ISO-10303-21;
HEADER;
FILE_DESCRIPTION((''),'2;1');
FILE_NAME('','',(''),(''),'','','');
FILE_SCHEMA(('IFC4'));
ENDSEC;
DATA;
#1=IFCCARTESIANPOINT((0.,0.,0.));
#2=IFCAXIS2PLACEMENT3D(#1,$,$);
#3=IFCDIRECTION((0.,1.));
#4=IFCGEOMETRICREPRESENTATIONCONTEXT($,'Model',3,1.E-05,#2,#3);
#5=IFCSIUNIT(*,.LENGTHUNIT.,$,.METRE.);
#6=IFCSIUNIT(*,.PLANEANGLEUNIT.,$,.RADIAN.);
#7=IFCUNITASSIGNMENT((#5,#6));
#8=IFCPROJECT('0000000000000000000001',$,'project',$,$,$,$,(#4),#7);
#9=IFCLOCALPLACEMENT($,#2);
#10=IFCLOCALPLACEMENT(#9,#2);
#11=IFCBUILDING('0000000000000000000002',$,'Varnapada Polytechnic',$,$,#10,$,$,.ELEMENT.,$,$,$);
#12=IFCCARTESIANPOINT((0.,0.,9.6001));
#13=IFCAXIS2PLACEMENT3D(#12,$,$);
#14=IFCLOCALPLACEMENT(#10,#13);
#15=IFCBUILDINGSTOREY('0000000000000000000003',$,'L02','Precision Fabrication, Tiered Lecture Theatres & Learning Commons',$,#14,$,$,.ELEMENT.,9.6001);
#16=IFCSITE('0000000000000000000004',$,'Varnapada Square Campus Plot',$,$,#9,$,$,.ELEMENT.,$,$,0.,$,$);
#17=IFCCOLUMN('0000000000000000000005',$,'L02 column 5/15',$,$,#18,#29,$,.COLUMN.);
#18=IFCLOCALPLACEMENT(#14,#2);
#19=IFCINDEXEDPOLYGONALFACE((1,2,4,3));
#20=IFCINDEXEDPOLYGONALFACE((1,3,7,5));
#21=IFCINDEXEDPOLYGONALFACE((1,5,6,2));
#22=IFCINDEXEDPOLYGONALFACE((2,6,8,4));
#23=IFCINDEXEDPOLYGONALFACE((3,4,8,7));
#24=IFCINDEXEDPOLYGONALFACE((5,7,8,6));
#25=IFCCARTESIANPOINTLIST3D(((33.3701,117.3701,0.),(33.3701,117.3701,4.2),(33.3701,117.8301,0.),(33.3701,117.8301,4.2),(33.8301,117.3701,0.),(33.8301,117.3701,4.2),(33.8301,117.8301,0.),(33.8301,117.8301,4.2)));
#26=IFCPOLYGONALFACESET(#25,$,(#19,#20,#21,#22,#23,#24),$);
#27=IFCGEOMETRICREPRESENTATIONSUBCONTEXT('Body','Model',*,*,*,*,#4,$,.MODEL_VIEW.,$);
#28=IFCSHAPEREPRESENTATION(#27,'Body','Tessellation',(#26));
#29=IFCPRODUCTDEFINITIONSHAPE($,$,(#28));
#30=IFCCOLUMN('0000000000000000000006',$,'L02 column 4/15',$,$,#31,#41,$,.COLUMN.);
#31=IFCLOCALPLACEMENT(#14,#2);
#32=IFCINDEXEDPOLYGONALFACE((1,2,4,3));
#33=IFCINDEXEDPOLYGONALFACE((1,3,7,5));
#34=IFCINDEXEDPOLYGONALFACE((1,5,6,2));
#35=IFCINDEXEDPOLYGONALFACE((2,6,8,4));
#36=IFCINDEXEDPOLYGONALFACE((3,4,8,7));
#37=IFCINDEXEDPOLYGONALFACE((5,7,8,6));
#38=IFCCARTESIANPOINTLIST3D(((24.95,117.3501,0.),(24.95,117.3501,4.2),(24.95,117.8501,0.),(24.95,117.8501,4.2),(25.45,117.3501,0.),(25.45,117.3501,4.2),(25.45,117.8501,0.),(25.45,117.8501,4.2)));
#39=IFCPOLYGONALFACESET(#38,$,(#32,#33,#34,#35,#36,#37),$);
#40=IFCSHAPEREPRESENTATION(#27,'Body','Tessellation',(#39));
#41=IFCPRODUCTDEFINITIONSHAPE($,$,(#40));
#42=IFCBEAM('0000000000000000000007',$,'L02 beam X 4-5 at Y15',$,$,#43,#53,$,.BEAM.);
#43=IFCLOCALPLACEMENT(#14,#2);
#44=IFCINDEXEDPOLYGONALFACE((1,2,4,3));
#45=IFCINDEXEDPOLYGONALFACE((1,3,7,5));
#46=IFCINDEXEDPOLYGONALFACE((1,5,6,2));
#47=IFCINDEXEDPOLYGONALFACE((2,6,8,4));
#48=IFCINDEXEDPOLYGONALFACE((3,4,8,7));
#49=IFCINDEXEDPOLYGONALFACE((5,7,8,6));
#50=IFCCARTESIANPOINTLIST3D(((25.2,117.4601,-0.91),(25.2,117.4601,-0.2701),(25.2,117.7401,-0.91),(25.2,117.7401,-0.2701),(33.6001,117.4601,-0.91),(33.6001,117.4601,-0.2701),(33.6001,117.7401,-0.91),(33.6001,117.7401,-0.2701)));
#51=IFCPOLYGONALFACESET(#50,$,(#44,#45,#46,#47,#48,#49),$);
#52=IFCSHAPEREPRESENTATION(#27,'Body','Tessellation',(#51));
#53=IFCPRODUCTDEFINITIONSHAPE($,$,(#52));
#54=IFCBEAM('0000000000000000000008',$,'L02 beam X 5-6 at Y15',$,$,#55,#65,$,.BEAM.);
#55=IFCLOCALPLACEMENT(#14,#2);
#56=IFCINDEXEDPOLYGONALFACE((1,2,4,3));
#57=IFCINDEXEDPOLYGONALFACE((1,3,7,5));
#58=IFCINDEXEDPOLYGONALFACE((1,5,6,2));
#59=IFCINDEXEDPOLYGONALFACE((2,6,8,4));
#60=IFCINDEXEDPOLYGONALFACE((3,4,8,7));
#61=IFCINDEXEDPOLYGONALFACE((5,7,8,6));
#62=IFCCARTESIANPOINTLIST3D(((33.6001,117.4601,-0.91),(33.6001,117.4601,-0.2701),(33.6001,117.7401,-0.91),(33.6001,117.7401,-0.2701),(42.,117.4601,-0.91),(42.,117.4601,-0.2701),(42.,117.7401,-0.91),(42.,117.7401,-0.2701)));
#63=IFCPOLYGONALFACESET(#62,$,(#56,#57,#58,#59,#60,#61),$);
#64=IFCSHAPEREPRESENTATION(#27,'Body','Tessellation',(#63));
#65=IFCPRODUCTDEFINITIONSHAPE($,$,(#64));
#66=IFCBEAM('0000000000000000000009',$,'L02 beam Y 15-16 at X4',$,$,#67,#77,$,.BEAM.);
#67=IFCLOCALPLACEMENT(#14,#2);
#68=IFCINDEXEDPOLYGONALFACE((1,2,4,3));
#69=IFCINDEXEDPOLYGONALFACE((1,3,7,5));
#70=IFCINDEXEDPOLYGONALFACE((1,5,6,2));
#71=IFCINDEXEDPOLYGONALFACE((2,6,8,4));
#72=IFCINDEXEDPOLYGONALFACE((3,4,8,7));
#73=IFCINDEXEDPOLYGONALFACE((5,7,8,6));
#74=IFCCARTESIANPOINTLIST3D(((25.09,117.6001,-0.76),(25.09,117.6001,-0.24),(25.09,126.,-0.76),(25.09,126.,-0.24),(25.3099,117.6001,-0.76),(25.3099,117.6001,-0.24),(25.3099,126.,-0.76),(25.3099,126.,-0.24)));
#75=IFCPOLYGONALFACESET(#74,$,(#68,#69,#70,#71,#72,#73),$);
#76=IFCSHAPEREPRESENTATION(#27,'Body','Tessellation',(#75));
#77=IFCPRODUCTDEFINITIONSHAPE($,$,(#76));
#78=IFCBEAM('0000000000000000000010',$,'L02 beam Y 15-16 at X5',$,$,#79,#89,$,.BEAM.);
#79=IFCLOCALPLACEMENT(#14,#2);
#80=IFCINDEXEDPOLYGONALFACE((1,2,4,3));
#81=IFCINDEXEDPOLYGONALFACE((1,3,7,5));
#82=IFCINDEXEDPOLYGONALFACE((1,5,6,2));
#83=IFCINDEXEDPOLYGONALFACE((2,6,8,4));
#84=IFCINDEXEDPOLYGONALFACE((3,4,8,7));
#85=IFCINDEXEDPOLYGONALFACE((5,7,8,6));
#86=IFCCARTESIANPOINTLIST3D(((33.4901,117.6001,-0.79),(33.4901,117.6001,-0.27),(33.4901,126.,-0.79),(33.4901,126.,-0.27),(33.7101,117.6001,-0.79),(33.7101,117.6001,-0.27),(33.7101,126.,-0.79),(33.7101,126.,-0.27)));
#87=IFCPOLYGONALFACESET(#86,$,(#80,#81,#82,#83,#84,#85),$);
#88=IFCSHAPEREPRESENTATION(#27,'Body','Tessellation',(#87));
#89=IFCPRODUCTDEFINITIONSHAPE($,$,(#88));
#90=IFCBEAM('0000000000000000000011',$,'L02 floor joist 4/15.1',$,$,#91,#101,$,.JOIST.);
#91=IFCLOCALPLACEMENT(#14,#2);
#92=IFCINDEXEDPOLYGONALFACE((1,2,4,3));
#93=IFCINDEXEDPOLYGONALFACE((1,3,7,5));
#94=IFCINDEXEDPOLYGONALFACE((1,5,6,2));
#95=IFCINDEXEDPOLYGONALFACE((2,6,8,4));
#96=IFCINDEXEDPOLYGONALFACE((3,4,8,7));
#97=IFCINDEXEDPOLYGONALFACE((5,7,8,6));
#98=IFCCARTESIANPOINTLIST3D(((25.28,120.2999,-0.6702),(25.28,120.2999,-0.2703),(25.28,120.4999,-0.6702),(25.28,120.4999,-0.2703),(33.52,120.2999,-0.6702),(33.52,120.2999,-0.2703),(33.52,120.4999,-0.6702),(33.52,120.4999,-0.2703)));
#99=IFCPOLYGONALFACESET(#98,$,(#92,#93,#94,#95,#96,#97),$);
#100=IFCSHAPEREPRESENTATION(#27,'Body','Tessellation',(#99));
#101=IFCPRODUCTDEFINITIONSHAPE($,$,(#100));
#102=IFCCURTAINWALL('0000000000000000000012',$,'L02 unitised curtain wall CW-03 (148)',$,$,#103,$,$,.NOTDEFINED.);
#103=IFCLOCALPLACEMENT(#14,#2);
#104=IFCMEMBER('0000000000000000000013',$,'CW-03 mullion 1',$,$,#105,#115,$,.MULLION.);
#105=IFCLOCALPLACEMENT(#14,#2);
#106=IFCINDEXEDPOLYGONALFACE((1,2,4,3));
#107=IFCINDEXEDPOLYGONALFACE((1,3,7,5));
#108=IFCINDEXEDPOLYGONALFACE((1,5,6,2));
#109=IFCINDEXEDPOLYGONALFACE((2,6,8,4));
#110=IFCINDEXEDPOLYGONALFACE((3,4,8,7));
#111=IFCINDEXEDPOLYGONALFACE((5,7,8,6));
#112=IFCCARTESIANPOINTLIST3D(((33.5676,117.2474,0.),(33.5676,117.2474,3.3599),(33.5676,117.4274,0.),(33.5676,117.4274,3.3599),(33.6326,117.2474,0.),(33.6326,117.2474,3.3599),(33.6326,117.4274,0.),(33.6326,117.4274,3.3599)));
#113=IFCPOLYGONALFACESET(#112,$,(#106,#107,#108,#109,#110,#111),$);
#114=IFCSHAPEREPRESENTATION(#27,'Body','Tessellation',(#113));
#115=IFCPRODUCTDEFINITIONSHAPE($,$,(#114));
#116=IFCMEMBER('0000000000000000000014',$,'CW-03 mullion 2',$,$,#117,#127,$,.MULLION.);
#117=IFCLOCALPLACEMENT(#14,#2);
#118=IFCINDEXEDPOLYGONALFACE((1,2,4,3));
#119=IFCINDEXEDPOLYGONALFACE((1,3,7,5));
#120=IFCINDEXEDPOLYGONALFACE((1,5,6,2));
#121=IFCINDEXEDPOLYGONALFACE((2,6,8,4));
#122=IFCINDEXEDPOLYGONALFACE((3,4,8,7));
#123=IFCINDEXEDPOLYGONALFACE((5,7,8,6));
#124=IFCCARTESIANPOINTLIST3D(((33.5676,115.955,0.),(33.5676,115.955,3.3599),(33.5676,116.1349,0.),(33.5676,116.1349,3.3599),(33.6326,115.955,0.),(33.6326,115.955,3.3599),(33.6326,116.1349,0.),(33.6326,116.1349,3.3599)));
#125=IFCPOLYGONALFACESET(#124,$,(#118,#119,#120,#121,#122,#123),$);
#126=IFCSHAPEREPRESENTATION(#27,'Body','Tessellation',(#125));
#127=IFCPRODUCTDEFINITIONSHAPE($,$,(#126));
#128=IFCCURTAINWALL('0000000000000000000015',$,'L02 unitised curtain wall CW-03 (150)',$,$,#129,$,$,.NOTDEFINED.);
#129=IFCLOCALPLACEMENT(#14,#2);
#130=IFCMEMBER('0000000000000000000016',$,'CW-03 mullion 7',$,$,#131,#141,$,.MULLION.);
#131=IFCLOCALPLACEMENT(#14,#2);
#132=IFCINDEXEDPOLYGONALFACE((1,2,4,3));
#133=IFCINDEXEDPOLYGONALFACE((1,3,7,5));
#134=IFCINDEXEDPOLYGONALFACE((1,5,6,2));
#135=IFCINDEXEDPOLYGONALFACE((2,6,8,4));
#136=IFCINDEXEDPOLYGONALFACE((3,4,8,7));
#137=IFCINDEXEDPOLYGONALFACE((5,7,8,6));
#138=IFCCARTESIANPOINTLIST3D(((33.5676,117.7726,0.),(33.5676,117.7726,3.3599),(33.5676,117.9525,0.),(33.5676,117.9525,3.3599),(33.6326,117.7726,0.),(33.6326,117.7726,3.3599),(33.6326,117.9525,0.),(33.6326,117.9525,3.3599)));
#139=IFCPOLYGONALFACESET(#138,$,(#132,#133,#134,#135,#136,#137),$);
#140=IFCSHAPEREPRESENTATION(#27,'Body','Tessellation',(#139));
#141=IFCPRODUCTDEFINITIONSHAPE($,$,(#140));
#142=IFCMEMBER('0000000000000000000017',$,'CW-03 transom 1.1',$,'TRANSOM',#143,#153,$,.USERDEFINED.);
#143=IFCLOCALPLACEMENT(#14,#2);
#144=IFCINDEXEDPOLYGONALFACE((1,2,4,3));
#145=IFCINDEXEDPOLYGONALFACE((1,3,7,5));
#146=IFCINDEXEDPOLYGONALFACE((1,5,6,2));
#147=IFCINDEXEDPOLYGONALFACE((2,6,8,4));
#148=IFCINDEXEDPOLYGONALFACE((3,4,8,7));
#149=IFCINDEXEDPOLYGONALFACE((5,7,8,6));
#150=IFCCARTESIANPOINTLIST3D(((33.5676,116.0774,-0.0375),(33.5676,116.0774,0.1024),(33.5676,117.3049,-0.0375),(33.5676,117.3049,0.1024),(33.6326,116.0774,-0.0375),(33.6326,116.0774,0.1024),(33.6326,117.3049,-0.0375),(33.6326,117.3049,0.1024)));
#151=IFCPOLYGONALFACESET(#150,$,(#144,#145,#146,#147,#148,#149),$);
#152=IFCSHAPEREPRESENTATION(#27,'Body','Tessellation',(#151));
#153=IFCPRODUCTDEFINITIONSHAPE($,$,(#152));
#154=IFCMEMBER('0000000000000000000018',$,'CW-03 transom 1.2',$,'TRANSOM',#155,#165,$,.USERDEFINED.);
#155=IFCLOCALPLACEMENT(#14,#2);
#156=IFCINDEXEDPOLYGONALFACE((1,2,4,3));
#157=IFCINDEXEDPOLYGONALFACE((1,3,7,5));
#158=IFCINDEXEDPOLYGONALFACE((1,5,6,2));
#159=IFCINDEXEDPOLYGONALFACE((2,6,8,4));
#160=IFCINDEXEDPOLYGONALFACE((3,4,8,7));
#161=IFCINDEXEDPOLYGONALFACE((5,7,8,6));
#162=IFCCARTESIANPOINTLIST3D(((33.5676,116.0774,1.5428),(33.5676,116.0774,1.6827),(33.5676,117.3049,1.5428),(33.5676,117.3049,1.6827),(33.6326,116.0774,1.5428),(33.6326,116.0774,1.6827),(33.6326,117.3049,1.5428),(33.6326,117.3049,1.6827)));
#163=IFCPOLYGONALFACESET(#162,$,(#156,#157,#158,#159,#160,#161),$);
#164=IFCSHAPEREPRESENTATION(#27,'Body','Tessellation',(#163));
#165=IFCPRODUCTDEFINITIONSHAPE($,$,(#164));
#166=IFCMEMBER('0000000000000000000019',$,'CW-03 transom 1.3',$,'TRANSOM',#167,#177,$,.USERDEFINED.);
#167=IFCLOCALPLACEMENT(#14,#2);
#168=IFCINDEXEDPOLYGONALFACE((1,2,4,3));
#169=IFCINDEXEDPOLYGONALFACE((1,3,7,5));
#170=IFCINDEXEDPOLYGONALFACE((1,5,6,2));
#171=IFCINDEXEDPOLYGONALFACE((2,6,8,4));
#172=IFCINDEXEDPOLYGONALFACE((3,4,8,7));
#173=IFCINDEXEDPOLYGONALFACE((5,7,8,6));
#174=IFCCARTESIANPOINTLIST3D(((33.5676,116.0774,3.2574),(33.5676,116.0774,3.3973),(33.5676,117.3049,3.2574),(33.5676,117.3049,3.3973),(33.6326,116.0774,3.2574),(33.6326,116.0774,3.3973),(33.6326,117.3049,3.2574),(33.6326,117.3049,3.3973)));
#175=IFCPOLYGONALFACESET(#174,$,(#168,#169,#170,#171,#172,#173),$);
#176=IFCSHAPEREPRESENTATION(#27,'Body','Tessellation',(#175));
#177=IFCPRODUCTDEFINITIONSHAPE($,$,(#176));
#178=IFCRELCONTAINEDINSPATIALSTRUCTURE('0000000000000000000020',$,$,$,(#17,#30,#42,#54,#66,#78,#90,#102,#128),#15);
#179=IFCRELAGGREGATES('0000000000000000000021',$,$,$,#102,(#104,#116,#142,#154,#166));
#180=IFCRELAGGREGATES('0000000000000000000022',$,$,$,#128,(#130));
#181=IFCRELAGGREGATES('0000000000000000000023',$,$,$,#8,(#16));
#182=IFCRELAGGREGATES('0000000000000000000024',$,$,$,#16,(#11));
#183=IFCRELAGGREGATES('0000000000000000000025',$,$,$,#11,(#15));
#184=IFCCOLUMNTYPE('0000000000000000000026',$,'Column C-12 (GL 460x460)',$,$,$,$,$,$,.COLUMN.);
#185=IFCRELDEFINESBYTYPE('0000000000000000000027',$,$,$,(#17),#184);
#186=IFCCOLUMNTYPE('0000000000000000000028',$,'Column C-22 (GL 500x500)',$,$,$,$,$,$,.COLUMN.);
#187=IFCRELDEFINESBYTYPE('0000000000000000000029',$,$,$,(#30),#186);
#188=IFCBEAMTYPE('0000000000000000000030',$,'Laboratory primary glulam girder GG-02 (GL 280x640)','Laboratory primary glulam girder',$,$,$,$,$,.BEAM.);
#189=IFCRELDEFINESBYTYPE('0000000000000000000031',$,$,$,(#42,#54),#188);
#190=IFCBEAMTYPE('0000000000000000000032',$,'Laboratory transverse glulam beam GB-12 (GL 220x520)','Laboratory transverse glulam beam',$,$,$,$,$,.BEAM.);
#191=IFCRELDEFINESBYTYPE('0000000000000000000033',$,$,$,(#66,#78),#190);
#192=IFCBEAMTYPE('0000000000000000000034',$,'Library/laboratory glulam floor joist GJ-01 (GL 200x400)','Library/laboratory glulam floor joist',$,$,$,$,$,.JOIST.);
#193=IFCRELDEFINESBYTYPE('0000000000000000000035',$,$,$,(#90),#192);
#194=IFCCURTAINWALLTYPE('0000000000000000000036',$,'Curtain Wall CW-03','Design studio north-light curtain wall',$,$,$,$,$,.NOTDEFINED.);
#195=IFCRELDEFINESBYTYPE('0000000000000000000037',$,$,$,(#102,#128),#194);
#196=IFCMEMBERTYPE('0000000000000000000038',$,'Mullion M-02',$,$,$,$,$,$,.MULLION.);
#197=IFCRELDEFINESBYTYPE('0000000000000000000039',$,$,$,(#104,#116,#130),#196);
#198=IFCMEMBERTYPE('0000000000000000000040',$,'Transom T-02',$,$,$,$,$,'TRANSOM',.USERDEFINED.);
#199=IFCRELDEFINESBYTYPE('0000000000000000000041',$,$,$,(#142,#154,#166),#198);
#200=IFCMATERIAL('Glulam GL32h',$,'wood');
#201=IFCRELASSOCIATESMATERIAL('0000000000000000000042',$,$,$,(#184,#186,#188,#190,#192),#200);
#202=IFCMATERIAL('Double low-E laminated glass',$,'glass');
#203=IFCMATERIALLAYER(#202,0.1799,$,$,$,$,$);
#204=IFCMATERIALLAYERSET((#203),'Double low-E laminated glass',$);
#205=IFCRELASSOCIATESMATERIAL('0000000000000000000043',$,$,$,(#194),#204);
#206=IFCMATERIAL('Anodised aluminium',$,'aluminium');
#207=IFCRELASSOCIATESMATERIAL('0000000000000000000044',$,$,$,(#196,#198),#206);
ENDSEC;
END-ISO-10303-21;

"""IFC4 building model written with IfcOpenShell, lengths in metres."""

from ifc_helpers import new_model, si_unit, direction, frame, origin, origin_2d, place, context, subcontext, project, spatial, rectangle, extrude, material, layer, layer_set, material_profile, profile_set, type_object, element, aggregate, save


model = new_model("IFC4")

# Units and contexts
model_context = context("Model", 3, precision=1e-05, world=origin(), true_north=direction((0.0, 1.0)))
body_context = subcontext(model_context, "Body", "Model", "MODEL_VIEW")
ifc_project = project(units=[si_unit("LENGTHUNIT", "METRE"), si_unit("PLANEANGLEUNIT", "RADIAN")], contexts=[model_context])

# Site, building, storey
site_placement = place(None, origin())
site = spatial("IfcSite", under=ifc_project, at=site_placement, Name="Varnapada Square Campus Plot", CompositionType="ELEMENT", RefElevation=0.0)
building_placement = place(site_placement, origin())
building = spatial("IfcBuilding", under=site, at=building_placement, Name="Varnapada Polytechnic", CompositionType="ELEMENT")
storey_placement = place(building_placement, frame((0.0, 0.0, 9.6001)))
storey = spatial("IfcBuildingStorey", under=building, at=storey_placement, Name="L02", Description="Precision Fabrication, Tiered Lecture Theatres & Learning Commons", CompositionType="ELEMENT", Elevation=9.6001)

# Columns
ifc_material_1 = material(Name="Glulam GL32h", Category="wood")
ifc_material_profile_1 = material_profile(ifc_material_1, rectangle(XDim=0.46, YDim=0.46, at=origin_2d()), Name="GL 460x460")
ifc_profile_set_1 = profile_set([ifc_material_profile_1], Name="Glulam GL32h")
column_type_1 = type_object("IfcColumnType", Name="Column C-12 (GL 460x460)", PredefinedType="COLUMN", material=ifc_profile_set_1)
column_1_placement = place(storey_placement, frame((33.6001, 117.6001, 0.0), z_axis=(0.0, 0.0, 1.0), x_axis=(1.0, 0.0, 0.0)))
element("IfcColumn", 1, at=column_1_placement, inside=storey, type_object=column_type_1, Name="L02 column 5/15", PredefinedType="COLUMN", context=body_context, shape_type="SweptSolid", body=[
    extrude(rectangle(XDim=0.46, YDim=0.46, at=origin_2d()), origin(), (0.0, 0.0, 1.0), 4.2),
])
ifc_material_profile_2 = material_profile(ifc_material_1, rectangle(XDim=0.5, YDim=0.5, at=origin_2d()), Name="GL 500x500")
ifc_profile_set_2 = profile_set([ifc_material_profile_2], Name="Glulam GL32h")
column_type_2 = type_object("IfcColumnType", Name="Column C-22 (GL 500x500)", PredefinedType="COLUMN", material=ifc_profile_set_2)
column_2_placement = place(storey_placement, frame((25.2, 117.6001, 0.0), z_axis=(0.0, 0.0, 1.0), x_axis=(1.0, 0.0, 0.0)))
element("IfcColumn", 2, at=column_2_placement, inside=storey, type_object=column_type_2, Name="L02 column 4/15", PredefinedType="COLUMN", context=body_context, shape_type="SweptSolid", body=[
    extrude(rectangle(XDim=0.5, YDim=0.5, at=origin_2d()), origin(), (0.0, 0.0, 1.0), 4.2),
])

# Beams
ifc_material_profile_3 = material_profile(ifc_material_1, rectangle(XDim=0.28, YDim=0.6399, at=origin_2d()), Name="GL 280x640")
ifc_profile_set_3 = profile_set([ifc_material_profile_3], Name="Glulam GL32h")
beam_type_1 = type_object("IfcBeamType", Name="Laboratory primary glulam girder GG-02 (GL 280x640)", Description="Laboratory primary glulam girder", PredefinedType="BEAM", material=ifc_profile_set_3)
beam_1_placement = place(storey_placement, frame((25.2, 117.6001, -0.5901), z_axis=(1.0, 0.0, 0.0), x_axis=(0.0, 1.0, 0.0)))
element("IfcBeam", 3, at=beam_1_placement, inside=storey, type_object=beam_type_1, Name="L02 beam X 4-5 at Y15", PredefinedType="BEAM", context=body_context, shape_type="SweptSolid", body=[
    extrude(rectangle(XDim=0.28, YDim=0.6399, at=origin_2d()), origin(), (0.0, 0.0, 1.0), 8.4001),
])
beam_2_placement = place(storey_placement, frame((33.6001, 117.6001, -0.5901), z_axis=(1.0, 0.0, 0.0), x_axis=(0.0, 1.0, 0.0)))
element("IfcBeam", 4, at=beam_2_placement, inside=storey, type_object=beam_type_1, Name="L02 beam X 5-6 at Y15", PredefinedType="BEAM", context=body_context, shape_type="SweptSolid", body=[
    extrude(rectangle(XDim=0.28, YDim=0.6399, at=origin_2d()), origin(), (0.0, 0.0, 1.0), 8.3999),
])
ifc_material_profile_4 = material_profile(ifc_material_1, rectangle(XDim=0.22, YDim=0.52, at=origin_2d()), Name="GL 220x520")
ifc_profile_set_4 = profile_set([ifc_material_profile_4], Name="Glulam GL32h")
beam_type_2 = type_object("IfcBeamType", Name="Laboratory transverse glulam beam GB-12 (GL 220x520)", Description="Laboratory transverse glulam beam", PredefinedType="BEAM", material=ifc_profile_set_4)
for number, where, z_axis, x_axis, name in (
    (5, (25.2, 117.6001, -0.5), (0.0, 1.0, 0.0), (-1.0, 0.0, 0.0), "L02 beam Y 15-16 at X4"),
    (6, (33.6001, 117.6001, -0.53), (0.0, 1.0, 0.0), (-1.0, 0.0, 0.0), "L02 beam Y 15-16 at X5"),
):
    element("IfcBeam", number, at=place(storey_placement, frame(where, z_axis=z_axis, x_axis=x_axis)), inside=storey, type_object=beam_type_2, Name=name, PredefinedType="BEAM", context=body_context, shape_type="SweptSolid", body=[
        extrude(rectangle(XDim=0.22, YDim=0.52, at=origin_2d()), origin(), (0.0, 0.0, 1.0), 8.3999),
    ])
ifc_material_profile_5 = material_profile(ifc_material_1, rectangle(XDim=0.2, YDim=0.3999, at=origin_2d()), Name="GL 200x400")
ifc_profile_set_5 = profile_set([ifc_material_profile_5], Name="Glulam GL32h")
beam_type_3 = type_object("IfcBeamType", Name="Library/laboratory glulam floor joist GJ-01 (GL 200x400)", Description="Library/laboratory glulam floor joist", PredefinedType="JOIST", material=ifc_profile_set_5)
beam_3_placement = place(storey_placement, frame((25.28, 120.3999, -0.4702), z_axis=(1.0, 0.0, 0.0), x_axis=(0.0, 1.0, 0.0)))
element("IfcBeam", 7, at=beam_3_placement, inside=storey, type_object=beam_type_3, Name="L02 floor joist 4/15.1", PredefinedType="JOIST", context=body_context, shape_type="SweptSolid", body=[
    extrude(rectangle(XDim=0.2, YDim=0.3999, at=origin_2d()), origin(), (0.0, 0.0, 1.0), 8.24),
])

# Curtain wall, members
ifc_material_2 = material(Name="Double low-E laminated glass", Category="glass")
ifc_layer_1 = layer(ifc_material_2, 0.1799)
ifc_layer_set_1 = layer_set([ifc_layer_1], Name="Double low-E laminated glass")
curtain_wall_type = type_object("IfcCurtainWallType", Name="Curtain Wall CW-03", Description="Design studio north-light curtain wall", PredefinedType="NOTDEFINED", material=ifc_layer_set_1)
curtain_wall_1_placement = place(storey_placement, origin())
curtain_wall_1 = element("IfcCurtainWall", 8, at=curtain_wall_1_placement, inside=storey, type_object=curtain_wall_type, Name="L02 unitised curtain wall CW-03 (148)", PredefinedType="NOTDEFINED")
ifc_material_3 = material(Name="Anodised aluminium", Category="aluminium")
ifc_material_profile_6 = material_profile(ifc_material_3, rectangle(XDim=0.0649, YDim=0.1799, at=origin_2d()), Name="ALU M65x180")
ifc_profile_set_6 = profile_set([ifc_material_profile_6], Name="Anodised aluminium")
member_type_1 = type_object("IfcMemberType", Name="Mullion M-02", PredefinedType="MULLION", material=ifc_profile_set_6)
member_1_placement = place(storey_placement, frame((33.6001, 117.3374, 0.0), z_axis=(0.0, 0.0, 1.0), x_axis=(1.0, 0.0, 0.0)))
member_1 = element("IfcMember", 9, at=member_1_placement, type_object=member_type_1, Name="CW-03 mullion 1", PredefinedType="MULLION", context=body_context, shape_type="SweptSolid", body=[
    extrude(rectangle(XDim=0.0649, YDim=0.1799, at=origin_2d()), origin(), (0.0, 0.0, 1.0), 3.3599),
])
member_2_placement = place(storey_placement, frame((33.6001, 116.0449, 0.0), z_axis=(0.0, 0.0, 1.0), x_axis=(1.0, 0.0, 0.0)))
member_2 = element("IfcMember", 10, at=member_2_placement, type_object=member_type_1, Name="CW-03 mullion 2", PredefinedType="MULLION", context=body_context, shape_type="SweptSolid", body=[
    extrude(rectangle(XDim=0.0649, YDim=0.1799, at=origin_2d()), origin(), (0.0, 0.0, 1.0), 3.3599),
])

# Curtain wall, member
curtain_wall_2_placement = place(storey_placement, origin())
curtain_wall_2 = element("IfcCurtainWall", 11, at=curtain_wall_2_placement, inside=storey, type_object=curtain_wall_type, Name="L02 unitised curtain wall CW-03 (150)", PredefinedType="NOTDEFINED")
member_3_placement = place(storey_placement, frame((33.6001, 117.8625, 0.0), z_axis=(0.0, 0.0, 1.0), x_axis=(1.0, 0.0, 0.0)))
member_3 = element("IfcMember", 12, at=member_3_placement, type_object=member_type_1, Name="CW-03 mullion 7", PredefinedType="MULLION", context=body_context, shape_type="SweptSolid", body=[
    extrude(rectangle(XDim=0.0649, YDim=0.1799, at=origin_2d()), origin(), (0.0, 0.0, 1.0), 3.3599),
])

# Members
ifc_material_profile_7 = material_profile(ifc_material_3, rectangle(XDim=0.0649, YDim=0.1399, at=origin_2d()), Name="ALU T65x140")
ifc_profile_set_7 = profile_set([ifc_material_profile_7], Name="Anodised aluminium")
member_type_2 = type_object("IfcMemberType", Name="Transom T-02", ElementType="TRANSOM", PredefinedType="USERDEFINED", material=ifc_profile_set_7)
member_4_placement = place(storey_placement, frame((33.6001, 117.3049, 0.0325), z_axis=(0.0, -1.0, 0.0), x_axis=(1.0, 0.0, 0.0)))
member_4 = element("IfcMember", 13, at=member_4_placement, type_object=member_type_2, Name="CW-03 transom 1.1", ObjectType="TRANSOM", PredefinedType="USERDEFINED", context=body_context, shape_type="SweptSolid", body=[
    extrude(rectangle(XDim=0.0649, YDim=0.1399, at=origin_2d()), origin(), (0.0, 0.0, 1.0), 1.2275),
])
member_5_placement = place(storey_placement, frame((33.6001, 117.3049, 1.6128), z_axis=(0.0, -1.0, 0.0), x_axis=(1.0, 0.0, 0.0)))
member_5 = element("IfcMember", 14, at=member_5_placement, type_object=member_type_2, Name="CW-03 transom 1.2", ObjectType="TRANSOM", PredefinedType="USERDEFINED", context=body_context, shape_type="SweptSolid", body=[
    extrude(rectangle(XDim=0.0649, YDim=0.1399, at=origin_2d()), origin(), (0.0, 0.0, 1.0), 1.2275),
])
member_6_placement = place(storey_placement, frame((33.6001, 117.3049, 3.3274), z_axis=(0.0, -1.0, 0.0), x_axis=(1.0, 0.0, 0.0)))
member_6 = element("IfcMember", 15, at=member_6_placement, type_object=member_type_2, Name="CW-03 transom 1.3", ObjectType="TRANSOM", PredefinedType="USERDEFINED", context=body_context, shape_type="SweptSolid", body=[
    extrude(rectangle(XDim=0.0649, YDim=0.1399, at=origin_2d()), origin(), (0.0, 0.0, 1.0), 1.2275),
])

aggregate(curtain_wall_1, [member_1, member_2, member_4, member_5, member_6])
aggregate(curtain_wall_2, [member_3])

save(model, "model.ifc")
